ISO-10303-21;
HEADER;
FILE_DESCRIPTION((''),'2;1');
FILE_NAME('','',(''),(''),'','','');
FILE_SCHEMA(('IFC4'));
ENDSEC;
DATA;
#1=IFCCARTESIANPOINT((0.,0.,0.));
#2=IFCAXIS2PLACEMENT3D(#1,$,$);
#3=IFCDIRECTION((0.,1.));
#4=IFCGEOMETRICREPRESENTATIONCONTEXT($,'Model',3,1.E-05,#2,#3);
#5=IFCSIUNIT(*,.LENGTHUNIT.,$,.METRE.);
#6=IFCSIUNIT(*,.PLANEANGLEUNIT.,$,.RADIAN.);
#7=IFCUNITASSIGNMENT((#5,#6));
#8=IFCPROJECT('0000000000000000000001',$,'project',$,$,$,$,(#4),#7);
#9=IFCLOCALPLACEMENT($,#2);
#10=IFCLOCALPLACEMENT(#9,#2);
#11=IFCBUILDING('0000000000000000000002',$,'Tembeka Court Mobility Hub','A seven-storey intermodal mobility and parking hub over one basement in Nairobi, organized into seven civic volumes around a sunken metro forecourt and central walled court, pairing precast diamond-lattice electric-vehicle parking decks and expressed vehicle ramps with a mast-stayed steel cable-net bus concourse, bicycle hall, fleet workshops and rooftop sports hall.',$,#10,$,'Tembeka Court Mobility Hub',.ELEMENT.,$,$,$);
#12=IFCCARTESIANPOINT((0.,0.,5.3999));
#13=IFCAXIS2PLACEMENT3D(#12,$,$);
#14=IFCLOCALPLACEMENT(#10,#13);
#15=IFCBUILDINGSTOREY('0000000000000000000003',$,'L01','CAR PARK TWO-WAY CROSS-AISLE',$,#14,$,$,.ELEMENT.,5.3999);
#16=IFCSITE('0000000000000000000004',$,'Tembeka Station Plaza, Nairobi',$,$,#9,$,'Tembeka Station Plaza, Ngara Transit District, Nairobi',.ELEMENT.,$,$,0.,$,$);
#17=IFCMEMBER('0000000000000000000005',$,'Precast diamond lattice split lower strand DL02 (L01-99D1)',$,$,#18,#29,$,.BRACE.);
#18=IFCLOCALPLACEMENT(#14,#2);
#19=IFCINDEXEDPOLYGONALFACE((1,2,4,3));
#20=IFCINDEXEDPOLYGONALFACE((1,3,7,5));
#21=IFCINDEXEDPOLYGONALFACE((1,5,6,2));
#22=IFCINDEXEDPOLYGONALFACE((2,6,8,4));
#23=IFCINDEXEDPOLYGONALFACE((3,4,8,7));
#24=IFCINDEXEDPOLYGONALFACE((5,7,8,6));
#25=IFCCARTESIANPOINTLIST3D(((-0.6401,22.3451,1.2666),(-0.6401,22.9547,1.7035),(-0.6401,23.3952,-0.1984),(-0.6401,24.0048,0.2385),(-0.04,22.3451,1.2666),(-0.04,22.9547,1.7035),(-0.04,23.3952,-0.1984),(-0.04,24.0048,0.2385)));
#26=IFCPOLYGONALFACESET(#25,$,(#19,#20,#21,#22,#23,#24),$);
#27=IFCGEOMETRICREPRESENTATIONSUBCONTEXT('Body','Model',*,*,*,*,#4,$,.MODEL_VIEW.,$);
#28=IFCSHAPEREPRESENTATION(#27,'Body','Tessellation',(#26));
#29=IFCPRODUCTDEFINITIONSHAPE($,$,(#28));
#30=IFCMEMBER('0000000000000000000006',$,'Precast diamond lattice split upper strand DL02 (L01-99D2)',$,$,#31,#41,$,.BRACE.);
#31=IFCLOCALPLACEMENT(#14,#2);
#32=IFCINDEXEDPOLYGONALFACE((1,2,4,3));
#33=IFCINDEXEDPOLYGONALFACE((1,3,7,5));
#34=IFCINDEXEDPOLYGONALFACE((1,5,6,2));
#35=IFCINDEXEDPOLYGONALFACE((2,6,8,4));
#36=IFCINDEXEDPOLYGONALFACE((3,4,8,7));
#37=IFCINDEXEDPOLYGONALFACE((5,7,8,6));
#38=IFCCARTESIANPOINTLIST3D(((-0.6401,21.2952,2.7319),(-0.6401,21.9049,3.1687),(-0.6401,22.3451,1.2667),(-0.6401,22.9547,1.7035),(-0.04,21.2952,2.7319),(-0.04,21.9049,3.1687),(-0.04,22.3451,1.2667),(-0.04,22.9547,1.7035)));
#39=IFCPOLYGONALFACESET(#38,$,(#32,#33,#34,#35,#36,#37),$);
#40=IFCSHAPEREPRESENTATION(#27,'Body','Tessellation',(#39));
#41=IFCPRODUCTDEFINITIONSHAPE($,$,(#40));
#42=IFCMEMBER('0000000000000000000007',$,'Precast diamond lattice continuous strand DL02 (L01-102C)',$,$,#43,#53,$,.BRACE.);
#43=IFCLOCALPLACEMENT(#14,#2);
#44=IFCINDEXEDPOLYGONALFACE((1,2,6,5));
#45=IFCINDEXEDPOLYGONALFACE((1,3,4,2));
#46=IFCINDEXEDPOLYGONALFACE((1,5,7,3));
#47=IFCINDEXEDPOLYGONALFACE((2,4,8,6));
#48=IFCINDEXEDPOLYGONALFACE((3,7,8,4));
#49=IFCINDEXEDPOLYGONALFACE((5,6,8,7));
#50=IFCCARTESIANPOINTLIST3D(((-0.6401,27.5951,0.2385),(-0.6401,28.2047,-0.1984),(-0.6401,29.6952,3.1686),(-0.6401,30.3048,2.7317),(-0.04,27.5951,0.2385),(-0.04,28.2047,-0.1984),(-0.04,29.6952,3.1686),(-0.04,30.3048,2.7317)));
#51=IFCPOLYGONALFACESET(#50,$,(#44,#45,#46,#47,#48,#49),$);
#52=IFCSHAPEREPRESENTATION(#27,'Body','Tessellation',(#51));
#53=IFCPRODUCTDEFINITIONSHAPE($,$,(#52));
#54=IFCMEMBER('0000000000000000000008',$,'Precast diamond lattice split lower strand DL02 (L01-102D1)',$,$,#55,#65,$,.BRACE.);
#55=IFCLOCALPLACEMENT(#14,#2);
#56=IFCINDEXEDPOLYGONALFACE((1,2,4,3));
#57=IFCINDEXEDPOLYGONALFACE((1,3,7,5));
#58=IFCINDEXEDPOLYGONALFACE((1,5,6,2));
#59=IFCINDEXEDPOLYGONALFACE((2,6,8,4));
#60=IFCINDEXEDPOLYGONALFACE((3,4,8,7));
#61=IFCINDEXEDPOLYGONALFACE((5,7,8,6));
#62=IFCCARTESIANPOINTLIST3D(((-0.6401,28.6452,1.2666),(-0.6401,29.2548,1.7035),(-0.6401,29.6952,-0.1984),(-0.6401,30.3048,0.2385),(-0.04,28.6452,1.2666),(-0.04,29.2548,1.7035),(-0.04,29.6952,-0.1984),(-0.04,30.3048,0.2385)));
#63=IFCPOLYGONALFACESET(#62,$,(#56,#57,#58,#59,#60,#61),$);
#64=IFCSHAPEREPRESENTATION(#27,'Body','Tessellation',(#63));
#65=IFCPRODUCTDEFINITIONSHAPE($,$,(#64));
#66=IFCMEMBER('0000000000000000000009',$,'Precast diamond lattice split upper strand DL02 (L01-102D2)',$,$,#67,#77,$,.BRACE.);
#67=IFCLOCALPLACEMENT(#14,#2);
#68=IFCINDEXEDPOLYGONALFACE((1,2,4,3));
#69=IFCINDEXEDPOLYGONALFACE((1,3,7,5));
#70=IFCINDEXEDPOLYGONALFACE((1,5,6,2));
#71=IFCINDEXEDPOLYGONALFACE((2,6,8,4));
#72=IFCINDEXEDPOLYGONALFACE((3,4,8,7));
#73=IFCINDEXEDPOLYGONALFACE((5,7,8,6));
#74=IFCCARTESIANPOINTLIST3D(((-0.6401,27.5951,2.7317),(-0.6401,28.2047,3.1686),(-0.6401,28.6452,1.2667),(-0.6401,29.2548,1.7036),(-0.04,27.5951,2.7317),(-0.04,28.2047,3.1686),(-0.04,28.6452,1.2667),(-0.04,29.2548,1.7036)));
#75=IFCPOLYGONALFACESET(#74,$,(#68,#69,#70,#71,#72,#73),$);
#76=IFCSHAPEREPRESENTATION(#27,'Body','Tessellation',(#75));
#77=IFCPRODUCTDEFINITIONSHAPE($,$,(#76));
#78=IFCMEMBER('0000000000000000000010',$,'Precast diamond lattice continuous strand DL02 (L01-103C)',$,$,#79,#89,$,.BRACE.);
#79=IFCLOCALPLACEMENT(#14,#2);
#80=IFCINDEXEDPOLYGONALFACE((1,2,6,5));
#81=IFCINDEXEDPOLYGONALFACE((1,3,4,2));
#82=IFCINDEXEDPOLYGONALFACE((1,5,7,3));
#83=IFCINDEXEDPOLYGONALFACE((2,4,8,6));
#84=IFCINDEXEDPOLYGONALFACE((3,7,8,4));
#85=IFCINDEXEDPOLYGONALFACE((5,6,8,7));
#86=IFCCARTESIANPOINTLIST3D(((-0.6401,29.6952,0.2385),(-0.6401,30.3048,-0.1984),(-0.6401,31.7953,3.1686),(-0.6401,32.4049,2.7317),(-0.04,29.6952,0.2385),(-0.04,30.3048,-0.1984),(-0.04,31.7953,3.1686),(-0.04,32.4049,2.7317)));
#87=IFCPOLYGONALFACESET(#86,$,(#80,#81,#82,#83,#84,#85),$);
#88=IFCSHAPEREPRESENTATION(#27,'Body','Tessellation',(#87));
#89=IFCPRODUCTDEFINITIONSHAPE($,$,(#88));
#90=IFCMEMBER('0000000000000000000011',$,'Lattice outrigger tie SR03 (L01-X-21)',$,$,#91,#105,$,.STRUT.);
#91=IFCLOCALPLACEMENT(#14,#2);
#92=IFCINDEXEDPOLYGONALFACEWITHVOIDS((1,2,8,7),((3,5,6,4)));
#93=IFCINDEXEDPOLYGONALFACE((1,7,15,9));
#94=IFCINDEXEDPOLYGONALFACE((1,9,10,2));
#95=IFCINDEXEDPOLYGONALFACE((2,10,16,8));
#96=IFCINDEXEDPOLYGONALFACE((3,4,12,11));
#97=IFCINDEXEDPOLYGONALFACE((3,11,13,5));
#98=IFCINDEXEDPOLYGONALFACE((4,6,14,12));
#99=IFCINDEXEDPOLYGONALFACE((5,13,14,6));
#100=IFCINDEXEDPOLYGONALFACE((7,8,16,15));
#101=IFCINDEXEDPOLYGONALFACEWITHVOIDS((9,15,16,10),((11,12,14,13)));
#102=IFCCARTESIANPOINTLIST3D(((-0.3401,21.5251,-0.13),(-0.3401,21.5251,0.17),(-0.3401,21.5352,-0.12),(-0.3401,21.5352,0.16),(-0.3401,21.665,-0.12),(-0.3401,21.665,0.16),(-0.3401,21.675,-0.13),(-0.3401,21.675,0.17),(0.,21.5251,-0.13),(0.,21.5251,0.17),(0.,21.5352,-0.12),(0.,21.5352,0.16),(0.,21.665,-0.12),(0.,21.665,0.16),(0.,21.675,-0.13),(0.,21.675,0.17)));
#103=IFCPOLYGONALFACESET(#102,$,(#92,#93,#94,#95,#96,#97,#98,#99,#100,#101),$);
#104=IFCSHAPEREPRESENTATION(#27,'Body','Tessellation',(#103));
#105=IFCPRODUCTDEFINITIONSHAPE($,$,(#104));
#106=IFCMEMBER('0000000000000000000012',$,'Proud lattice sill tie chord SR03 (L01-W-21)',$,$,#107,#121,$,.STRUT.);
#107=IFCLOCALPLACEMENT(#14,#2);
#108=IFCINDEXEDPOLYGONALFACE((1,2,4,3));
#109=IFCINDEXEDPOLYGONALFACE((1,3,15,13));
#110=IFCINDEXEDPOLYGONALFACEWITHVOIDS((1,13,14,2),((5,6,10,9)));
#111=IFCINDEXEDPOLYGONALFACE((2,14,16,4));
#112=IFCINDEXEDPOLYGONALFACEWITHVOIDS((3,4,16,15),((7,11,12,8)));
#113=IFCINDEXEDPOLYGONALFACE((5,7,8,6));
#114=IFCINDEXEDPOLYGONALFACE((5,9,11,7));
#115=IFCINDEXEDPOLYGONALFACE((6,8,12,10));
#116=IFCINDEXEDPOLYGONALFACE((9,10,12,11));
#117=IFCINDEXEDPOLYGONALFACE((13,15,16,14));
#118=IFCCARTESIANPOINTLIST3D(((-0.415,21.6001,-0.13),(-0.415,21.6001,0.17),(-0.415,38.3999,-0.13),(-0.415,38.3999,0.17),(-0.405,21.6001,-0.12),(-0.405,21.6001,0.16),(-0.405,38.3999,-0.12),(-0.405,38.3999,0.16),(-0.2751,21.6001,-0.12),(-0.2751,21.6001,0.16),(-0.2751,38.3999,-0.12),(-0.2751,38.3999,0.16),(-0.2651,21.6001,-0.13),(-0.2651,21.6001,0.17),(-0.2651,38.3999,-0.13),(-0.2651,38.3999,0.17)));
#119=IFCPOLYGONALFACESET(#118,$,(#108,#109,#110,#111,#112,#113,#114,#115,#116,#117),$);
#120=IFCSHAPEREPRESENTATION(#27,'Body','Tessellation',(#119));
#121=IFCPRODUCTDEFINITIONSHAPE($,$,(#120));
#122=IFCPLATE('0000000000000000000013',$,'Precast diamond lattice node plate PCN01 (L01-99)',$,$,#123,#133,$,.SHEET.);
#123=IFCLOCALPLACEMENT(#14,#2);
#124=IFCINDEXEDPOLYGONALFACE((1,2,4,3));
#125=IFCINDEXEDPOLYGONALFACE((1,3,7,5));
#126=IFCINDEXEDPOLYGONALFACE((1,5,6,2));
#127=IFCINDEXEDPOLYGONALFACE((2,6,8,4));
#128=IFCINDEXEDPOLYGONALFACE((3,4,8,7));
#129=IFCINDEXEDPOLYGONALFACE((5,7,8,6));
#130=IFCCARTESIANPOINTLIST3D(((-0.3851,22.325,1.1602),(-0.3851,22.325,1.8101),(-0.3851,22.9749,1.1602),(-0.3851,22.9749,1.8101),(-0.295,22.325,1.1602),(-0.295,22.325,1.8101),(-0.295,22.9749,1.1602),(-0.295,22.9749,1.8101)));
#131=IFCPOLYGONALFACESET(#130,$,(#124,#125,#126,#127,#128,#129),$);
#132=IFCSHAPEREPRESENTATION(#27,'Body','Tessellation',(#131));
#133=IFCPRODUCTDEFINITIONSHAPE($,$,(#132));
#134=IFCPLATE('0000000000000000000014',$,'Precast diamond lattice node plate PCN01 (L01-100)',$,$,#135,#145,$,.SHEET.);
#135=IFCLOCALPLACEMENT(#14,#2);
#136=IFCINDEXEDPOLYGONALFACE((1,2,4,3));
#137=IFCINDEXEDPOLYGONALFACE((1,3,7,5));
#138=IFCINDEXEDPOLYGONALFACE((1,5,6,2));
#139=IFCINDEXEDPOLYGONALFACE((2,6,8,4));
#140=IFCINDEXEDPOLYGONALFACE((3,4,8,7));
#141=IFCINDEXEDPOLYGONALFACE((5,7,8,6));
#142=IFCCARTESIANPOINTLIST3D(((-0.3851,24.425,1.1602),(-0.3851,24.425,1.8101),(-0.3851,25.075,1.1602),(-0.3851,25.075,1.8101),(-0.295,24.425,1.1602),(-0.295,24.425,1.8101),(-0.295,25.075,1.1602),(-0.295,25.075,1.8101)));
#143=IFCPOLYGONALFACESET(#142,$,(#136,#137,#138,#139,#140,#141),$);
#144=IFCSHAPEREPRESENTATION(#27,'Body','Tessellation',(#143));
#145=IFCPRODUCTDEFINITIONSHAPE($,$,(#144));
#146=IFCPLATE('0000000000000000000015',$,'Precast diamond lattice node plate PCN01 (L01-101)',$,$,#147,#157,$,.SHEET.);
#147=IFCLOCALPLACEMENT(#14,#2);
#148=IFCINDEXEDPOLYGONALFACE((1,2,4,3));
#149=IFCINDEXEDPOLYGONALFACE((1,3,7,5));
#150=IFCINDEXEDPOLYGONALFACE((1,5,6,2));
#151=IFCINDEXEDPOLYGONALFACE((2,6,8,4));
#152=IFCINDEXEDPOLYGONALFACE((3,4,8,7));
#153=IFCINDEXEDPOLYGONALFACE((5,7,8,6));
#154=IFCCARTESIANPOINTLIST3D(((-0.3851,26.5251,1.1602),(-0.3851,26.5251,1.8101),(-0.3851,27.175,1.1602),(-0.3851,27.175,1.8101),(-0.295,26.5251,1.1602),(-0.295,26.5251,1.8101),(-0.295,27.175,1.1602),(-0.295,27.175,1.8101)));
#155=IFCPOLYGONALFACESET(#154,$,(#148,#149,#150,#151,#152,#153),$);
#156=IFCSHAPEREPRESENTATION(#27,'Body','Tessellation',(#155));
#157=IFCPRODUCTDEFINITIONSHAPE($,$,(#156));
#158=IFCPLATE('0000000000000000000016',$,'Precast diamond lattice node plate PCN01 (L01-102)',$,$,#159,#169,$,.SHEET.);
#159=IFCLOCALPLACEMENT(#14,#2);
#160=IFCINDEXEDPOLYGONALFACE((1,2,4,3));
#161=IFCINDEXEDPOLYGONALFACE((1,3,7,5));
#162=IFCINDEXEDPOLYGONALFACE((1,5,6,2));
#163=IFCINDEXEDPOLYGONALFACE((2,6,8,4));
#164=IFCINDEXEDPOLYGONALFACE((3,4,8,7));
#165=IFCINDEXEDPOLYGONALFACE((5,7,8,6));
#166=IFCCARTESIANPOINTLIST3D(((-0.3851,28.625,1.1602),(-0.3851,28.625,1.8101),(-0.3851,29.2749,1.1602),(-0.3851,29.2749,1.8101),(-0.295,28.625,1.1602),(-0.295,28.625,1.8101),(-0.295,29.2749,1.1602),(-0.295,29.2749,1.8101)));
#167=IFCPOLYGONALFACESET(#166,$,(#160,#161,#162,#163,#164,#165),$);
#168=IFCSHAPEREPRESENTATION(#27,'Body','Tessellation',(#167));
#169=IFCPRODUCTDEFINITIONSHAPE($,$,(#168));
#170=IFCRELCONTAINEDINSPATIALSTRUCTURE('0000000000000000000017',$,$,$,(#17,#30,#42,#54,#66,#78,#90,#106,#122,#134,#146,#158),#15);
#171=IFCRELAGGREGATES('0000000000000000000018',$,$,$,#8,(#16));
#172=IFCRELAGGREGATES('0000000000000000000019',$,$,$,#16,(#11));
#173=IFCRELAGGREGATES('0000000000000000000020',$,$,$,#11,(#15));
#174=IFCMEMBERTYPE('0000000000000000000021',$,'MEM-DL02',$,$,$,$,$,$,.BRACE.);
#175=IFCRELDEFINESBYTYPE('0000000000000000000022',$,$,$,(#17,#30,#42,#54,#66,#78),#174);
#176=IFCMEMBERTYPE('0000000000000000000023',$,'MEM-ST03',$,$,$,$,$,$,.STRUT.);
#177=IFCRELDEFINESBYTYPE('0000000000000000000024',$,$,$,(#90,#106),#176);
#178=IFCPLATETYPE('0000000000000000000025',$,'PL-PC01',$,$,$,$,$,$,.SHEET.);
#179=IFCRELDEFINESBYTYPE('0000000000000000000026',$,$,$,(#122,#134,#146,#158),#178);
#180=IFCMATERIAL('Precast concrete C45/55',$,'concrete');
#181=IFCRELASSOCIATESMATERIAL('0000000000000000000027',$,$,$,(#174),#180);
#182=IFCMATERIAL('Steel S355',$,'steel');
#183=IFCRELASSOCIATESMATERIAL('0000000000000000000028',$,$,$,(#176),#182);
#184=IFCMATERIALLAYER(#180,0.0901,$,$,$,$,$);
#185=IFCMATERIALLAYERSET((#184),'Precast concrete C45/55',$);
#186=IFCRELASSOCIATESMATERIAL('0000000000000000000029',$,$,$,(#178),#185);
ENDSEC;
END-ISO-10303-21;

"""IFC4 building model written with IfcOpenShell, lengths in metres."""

from ifc_helpers import new_model, si_unit, direction, frame, origin, origin_2d, place, context, subcontext, project, spatial, rectangle, hollow_rectangle, extrude, material, layer, layer_set, material_profile, profile_set, type_object, element, save


model = new_model("IFC4")

# Units and contexts
model_context = context("Model", 3, precision=1e-05, world=origin(), true_north=direction((0.0, 1.0)))
body_context = subcontext(model_context, "Body", "Model", "MODEL_VIEW")
ifc_project = project(units=[si_unit("LENGTHUNIT", "METRE"), si_unit("PLANEANGLEUNIT", "RADIAN")], contexts=[model_context])

# Site, building, storey
site_placement = place(None, origin())
site = spatial("IfcSite", under=ifc_project, at=site_placement, Name="Tembeka Station Plaza, Nairobi", LongName="Tembeka Station Plaza, Ngara Transit District, Nairobi", CompositionType="ELEMENT", RefElevation=0.0)
building_placement = place(site_placement, origin())
building = spatial("IfcBuilding", under=site, at=building_placement, Name="Tembeka Court Mobility Hub", Description="A seven-storey intermodal mobility and parking hub over one basement in Nairobi, organized into seven civic volumes around a sunken metro forecourt and central walled court, pairing precast diamond-lattice electric-vehicle parking decks and expressed vehicle ramps with a mast-stayed steel cable-net bus concourse, bicycle hall, fleet workshops and rooftop sports hall.", LongName="Tembeka Court Mobility Hub", CompositionType="ELEMENT")
storey_placement = place(building_placement, frame((0.0, 0.0, 5.3999)))
storey = spatial("IfcBuildingStorey", under=building, at=storey_placement, Name="L01", Description="CAR PARK TWO-WAY CROSS-AISLE", CompositionType="ELEMENT", Elevation=5.3999)

# Shared definitions
ifc_material_1 = material(Name="Steel S355", Category="steel")

# Members
ifc_material_2 = material(Name="Precast concrete C45/55", Category="concrete")
ifc_material_profile_1 = material_profile(ifc_material_2, rectangle(XDim=0.6001, YDim=0.75, at=origin_2d()), Name="PC-DIAG 600x750")
ifc_profile_set_1 = profile_set([ifc_material_profile_1], Name="Precast concrete C45/55")
member_type_1 = type_object("IfcMemberType", Name="MEM-DL02", PredefinedType="BRACE", material=ifc_profile_set_1)
for number, where, z_axis, x_axis, name in (
    (1, (-0.3401, 23.7, 0.02), (0.0, -0.582544, 0.812799), (1.0, 0.0, 0.0), "Precast diamond lattice split lower strand DL02 (L01-99D1)"),
    (2, (-0.3401, 22.6499, 1.4851), (0.0, -0.582455, 0.812863), (1.0, 0.0, 0.0), "Precast diamond lattice split upper strand DL02 (L01-99D2)"),
):
    element("IfcMember", number, at=place(storey_placement, frame(where, z_axis=z_axis, x_axis=x_axis)), inside=storey, type_object=member_type_1, Name=name, PredefinedType="BRACE", context=body_context, shape_type="SweptSolid", body=[
        extrude(rectangle(XDim=0.6001, YDim=0.75, at=origin_2d()), origin(), (0.0, 0.0, 1.0), 1.8025),
    ])
member_1_placement = place(storey_placement, frame((-0.3401, 27.8999, 0.02), z_axis=(0.0, 0.582544, 0.812799), x_axis=(-1.0, 0.0, 0.0)))
element("IfcMember", 3, at=member_1_placement, inside=storey, type_object=member_type_1, Name="Precast diamond lattice continuous strand DL02 (L01-102C)", PredefinedType="BRACE", context=body_context, shape_type="SweptSolid", body=[
    extrude(rectangle(XDim=0.6001, YDim=0.75, at=origin_2d()), origin(), (0.0, 0.0, 1.0), 3.605),
])
for number, where, z_axis, x_axis, name in (
    (4, (-0.3401, 30.0, 0.02), (0.0, -0.582544, 0.812799), (1.0, 0.0, 0.0), "Precast diamond lattice split lower strand DL02 (L01-102D1)"),
    (5, (-0.3401, 28.95, 1.4851), (0.0, -0.582544, 0.812799), (1.0, 0.0, 0.0), "Precast diamond lattice split upper strand DL02 (L01-102D2)"),
):
    element("IfcMember", number, at=place(storey_placement, frame(where, z_axis=z_axis, x_axis=x_axis)), inside=storey, type_object=member_type_1, Name=name, PredefinedType="BRACE", context=body_context, shape_type="SweptSolid", body=[
        extrude(rectangle(XDim=0.6001, YDim=0.75, at=origin_2d()), origin(), (0.0, 0.0, 1.0), 1.8025),
    ])
member_2_placement = place(storey_placement, frame((-0.3401, 30.0, 0.02), z_axis=(0.0, 0.582544, 0.812799), x_axis=(-1.0, 0.0, 0.0)))
element("IfcMember", 6, at=member_2_placement, inside=storey, type_object=member_type_1, Name="Precast diamond lattice continuous strand DL02 (L01-103C)", PredefinedType="BRACE", context=body_context, shape_type="SweptSolid", body=[
    extrude(rectangle(XDim=0.6001, YDim=0.75, at=origin_2d()), origin(), (0.0, 0.0, 1.0), 3.605),
])
ifc_material_profile_2 = material_profile(ifc_material_1, hollow_rectangle(XDim=0.1499, YDim=0.3, WallThickness=0.01, at=origin_2d()), Name="RHS 300x150x10")
ifc_profile_set_2 = profile_set([ifc_material_profile_2], Name="Steel S355")
member_type_2 = type_object("IfcMemberType", Name="MEM-ST03", PredefinedType="STRUT", material=ifc_profile_set_2)
member_3_placement = place(storey_placement, frame((0.0, 21.6001, 0.02), z_axis=(-1.0, 0.0, 0.0), x_axis=(0.0, -1.0, 0.0)))
element("IfcMember", 7, at=member_3_placement, inside=storey, type_object=member_type_2, Name="Lattice outrigger tie SR03 (L01-X-21)", PredefinedType="STRUT", context=body_context, shape_type="SweptSolid", body=[
    extrude(hollow_rectangle(XDim=0.1499, YDim=0.3, WallThickness=0.01, at=origin_2d()), origin(), (0.0, 0.0, 1.0), 0.3401),
])
member_4_placement = place(storey_placement, frame((-0.3401, 21.6001, 0.02), z_axis=(0.0, 1.0, 0.0), x_axis=(-1.0, 0.0, 0.0)))
element("IfcMember", 8, at=member_4_placement, inside=storey, type_object=member_type_2, Name="Proud lattice sill tie chord SR03 (L01-W-21)", PredefinedType="STRUT", context=body_context, shape_type="SweptSolid", body=[
    extrude(hollow_rectangle(XDim=0.1499, YDim=0.3, WallThickness=0.01, at=origin_2d()), origin(), (0.0, 0.0, 1.0), 16.7998),
])

# Plates
ifc_layer = layer(ifc_material_2, 0.0901)
ifc_layer_set = layer_set([ifc_layer], Name="Precast concrete C45/55")
plate_type = type_object("IfcPlateType", Name="PL-PC01", PredefinedType="SHEET", material=ifc_layer_set)
for number, where, z_axis, x_axis, name in (
    (9, (-0.3401, 22.6499, 1.1602), (0.0, 0.0, 1.0), (1.0, 0.0, 0.0), "Precast diamond lattice node plate PCN01 (L01-99)"),
    (10, (-0.3401, 24.75, 1.1602), (0.0, 0.0, 1.0), (1.0, 0.0, 0.0), "Precast diamond lattice node plate PCN01 (L01-100)"),
    (11, (-0.3401, 26.8501, 1.1602), (0.0, 0.0, 1.0), (1.0, 0.0, 0.0), "Precast diamond lattice node plate PCN01 (L01-101)"),
    (12, (-0.3401, 28.95, 1.1602), (0.0, 0.0, 1.0), (1.0, 0.0, 0.0), "Precast diamond lattice node plate PCN01 (L01-102)"),
):
    element("IfcPlate", number, at=place(storey_placement, frame(where, z_axis=z_axis, x_axis=x_axis)), inside=storey, type_object=plate_type, Name=name, PredefinedType="SHEET", context=body_context, shape_type="SweptSolid", body=[
        extrude(rectangle(XDim=0.0901, YDim=0.6499, at=origin_2d()), origin(), (0.0, 0.0, 1.0), 0.6499),
    ])

save(model, "model.ifc")
